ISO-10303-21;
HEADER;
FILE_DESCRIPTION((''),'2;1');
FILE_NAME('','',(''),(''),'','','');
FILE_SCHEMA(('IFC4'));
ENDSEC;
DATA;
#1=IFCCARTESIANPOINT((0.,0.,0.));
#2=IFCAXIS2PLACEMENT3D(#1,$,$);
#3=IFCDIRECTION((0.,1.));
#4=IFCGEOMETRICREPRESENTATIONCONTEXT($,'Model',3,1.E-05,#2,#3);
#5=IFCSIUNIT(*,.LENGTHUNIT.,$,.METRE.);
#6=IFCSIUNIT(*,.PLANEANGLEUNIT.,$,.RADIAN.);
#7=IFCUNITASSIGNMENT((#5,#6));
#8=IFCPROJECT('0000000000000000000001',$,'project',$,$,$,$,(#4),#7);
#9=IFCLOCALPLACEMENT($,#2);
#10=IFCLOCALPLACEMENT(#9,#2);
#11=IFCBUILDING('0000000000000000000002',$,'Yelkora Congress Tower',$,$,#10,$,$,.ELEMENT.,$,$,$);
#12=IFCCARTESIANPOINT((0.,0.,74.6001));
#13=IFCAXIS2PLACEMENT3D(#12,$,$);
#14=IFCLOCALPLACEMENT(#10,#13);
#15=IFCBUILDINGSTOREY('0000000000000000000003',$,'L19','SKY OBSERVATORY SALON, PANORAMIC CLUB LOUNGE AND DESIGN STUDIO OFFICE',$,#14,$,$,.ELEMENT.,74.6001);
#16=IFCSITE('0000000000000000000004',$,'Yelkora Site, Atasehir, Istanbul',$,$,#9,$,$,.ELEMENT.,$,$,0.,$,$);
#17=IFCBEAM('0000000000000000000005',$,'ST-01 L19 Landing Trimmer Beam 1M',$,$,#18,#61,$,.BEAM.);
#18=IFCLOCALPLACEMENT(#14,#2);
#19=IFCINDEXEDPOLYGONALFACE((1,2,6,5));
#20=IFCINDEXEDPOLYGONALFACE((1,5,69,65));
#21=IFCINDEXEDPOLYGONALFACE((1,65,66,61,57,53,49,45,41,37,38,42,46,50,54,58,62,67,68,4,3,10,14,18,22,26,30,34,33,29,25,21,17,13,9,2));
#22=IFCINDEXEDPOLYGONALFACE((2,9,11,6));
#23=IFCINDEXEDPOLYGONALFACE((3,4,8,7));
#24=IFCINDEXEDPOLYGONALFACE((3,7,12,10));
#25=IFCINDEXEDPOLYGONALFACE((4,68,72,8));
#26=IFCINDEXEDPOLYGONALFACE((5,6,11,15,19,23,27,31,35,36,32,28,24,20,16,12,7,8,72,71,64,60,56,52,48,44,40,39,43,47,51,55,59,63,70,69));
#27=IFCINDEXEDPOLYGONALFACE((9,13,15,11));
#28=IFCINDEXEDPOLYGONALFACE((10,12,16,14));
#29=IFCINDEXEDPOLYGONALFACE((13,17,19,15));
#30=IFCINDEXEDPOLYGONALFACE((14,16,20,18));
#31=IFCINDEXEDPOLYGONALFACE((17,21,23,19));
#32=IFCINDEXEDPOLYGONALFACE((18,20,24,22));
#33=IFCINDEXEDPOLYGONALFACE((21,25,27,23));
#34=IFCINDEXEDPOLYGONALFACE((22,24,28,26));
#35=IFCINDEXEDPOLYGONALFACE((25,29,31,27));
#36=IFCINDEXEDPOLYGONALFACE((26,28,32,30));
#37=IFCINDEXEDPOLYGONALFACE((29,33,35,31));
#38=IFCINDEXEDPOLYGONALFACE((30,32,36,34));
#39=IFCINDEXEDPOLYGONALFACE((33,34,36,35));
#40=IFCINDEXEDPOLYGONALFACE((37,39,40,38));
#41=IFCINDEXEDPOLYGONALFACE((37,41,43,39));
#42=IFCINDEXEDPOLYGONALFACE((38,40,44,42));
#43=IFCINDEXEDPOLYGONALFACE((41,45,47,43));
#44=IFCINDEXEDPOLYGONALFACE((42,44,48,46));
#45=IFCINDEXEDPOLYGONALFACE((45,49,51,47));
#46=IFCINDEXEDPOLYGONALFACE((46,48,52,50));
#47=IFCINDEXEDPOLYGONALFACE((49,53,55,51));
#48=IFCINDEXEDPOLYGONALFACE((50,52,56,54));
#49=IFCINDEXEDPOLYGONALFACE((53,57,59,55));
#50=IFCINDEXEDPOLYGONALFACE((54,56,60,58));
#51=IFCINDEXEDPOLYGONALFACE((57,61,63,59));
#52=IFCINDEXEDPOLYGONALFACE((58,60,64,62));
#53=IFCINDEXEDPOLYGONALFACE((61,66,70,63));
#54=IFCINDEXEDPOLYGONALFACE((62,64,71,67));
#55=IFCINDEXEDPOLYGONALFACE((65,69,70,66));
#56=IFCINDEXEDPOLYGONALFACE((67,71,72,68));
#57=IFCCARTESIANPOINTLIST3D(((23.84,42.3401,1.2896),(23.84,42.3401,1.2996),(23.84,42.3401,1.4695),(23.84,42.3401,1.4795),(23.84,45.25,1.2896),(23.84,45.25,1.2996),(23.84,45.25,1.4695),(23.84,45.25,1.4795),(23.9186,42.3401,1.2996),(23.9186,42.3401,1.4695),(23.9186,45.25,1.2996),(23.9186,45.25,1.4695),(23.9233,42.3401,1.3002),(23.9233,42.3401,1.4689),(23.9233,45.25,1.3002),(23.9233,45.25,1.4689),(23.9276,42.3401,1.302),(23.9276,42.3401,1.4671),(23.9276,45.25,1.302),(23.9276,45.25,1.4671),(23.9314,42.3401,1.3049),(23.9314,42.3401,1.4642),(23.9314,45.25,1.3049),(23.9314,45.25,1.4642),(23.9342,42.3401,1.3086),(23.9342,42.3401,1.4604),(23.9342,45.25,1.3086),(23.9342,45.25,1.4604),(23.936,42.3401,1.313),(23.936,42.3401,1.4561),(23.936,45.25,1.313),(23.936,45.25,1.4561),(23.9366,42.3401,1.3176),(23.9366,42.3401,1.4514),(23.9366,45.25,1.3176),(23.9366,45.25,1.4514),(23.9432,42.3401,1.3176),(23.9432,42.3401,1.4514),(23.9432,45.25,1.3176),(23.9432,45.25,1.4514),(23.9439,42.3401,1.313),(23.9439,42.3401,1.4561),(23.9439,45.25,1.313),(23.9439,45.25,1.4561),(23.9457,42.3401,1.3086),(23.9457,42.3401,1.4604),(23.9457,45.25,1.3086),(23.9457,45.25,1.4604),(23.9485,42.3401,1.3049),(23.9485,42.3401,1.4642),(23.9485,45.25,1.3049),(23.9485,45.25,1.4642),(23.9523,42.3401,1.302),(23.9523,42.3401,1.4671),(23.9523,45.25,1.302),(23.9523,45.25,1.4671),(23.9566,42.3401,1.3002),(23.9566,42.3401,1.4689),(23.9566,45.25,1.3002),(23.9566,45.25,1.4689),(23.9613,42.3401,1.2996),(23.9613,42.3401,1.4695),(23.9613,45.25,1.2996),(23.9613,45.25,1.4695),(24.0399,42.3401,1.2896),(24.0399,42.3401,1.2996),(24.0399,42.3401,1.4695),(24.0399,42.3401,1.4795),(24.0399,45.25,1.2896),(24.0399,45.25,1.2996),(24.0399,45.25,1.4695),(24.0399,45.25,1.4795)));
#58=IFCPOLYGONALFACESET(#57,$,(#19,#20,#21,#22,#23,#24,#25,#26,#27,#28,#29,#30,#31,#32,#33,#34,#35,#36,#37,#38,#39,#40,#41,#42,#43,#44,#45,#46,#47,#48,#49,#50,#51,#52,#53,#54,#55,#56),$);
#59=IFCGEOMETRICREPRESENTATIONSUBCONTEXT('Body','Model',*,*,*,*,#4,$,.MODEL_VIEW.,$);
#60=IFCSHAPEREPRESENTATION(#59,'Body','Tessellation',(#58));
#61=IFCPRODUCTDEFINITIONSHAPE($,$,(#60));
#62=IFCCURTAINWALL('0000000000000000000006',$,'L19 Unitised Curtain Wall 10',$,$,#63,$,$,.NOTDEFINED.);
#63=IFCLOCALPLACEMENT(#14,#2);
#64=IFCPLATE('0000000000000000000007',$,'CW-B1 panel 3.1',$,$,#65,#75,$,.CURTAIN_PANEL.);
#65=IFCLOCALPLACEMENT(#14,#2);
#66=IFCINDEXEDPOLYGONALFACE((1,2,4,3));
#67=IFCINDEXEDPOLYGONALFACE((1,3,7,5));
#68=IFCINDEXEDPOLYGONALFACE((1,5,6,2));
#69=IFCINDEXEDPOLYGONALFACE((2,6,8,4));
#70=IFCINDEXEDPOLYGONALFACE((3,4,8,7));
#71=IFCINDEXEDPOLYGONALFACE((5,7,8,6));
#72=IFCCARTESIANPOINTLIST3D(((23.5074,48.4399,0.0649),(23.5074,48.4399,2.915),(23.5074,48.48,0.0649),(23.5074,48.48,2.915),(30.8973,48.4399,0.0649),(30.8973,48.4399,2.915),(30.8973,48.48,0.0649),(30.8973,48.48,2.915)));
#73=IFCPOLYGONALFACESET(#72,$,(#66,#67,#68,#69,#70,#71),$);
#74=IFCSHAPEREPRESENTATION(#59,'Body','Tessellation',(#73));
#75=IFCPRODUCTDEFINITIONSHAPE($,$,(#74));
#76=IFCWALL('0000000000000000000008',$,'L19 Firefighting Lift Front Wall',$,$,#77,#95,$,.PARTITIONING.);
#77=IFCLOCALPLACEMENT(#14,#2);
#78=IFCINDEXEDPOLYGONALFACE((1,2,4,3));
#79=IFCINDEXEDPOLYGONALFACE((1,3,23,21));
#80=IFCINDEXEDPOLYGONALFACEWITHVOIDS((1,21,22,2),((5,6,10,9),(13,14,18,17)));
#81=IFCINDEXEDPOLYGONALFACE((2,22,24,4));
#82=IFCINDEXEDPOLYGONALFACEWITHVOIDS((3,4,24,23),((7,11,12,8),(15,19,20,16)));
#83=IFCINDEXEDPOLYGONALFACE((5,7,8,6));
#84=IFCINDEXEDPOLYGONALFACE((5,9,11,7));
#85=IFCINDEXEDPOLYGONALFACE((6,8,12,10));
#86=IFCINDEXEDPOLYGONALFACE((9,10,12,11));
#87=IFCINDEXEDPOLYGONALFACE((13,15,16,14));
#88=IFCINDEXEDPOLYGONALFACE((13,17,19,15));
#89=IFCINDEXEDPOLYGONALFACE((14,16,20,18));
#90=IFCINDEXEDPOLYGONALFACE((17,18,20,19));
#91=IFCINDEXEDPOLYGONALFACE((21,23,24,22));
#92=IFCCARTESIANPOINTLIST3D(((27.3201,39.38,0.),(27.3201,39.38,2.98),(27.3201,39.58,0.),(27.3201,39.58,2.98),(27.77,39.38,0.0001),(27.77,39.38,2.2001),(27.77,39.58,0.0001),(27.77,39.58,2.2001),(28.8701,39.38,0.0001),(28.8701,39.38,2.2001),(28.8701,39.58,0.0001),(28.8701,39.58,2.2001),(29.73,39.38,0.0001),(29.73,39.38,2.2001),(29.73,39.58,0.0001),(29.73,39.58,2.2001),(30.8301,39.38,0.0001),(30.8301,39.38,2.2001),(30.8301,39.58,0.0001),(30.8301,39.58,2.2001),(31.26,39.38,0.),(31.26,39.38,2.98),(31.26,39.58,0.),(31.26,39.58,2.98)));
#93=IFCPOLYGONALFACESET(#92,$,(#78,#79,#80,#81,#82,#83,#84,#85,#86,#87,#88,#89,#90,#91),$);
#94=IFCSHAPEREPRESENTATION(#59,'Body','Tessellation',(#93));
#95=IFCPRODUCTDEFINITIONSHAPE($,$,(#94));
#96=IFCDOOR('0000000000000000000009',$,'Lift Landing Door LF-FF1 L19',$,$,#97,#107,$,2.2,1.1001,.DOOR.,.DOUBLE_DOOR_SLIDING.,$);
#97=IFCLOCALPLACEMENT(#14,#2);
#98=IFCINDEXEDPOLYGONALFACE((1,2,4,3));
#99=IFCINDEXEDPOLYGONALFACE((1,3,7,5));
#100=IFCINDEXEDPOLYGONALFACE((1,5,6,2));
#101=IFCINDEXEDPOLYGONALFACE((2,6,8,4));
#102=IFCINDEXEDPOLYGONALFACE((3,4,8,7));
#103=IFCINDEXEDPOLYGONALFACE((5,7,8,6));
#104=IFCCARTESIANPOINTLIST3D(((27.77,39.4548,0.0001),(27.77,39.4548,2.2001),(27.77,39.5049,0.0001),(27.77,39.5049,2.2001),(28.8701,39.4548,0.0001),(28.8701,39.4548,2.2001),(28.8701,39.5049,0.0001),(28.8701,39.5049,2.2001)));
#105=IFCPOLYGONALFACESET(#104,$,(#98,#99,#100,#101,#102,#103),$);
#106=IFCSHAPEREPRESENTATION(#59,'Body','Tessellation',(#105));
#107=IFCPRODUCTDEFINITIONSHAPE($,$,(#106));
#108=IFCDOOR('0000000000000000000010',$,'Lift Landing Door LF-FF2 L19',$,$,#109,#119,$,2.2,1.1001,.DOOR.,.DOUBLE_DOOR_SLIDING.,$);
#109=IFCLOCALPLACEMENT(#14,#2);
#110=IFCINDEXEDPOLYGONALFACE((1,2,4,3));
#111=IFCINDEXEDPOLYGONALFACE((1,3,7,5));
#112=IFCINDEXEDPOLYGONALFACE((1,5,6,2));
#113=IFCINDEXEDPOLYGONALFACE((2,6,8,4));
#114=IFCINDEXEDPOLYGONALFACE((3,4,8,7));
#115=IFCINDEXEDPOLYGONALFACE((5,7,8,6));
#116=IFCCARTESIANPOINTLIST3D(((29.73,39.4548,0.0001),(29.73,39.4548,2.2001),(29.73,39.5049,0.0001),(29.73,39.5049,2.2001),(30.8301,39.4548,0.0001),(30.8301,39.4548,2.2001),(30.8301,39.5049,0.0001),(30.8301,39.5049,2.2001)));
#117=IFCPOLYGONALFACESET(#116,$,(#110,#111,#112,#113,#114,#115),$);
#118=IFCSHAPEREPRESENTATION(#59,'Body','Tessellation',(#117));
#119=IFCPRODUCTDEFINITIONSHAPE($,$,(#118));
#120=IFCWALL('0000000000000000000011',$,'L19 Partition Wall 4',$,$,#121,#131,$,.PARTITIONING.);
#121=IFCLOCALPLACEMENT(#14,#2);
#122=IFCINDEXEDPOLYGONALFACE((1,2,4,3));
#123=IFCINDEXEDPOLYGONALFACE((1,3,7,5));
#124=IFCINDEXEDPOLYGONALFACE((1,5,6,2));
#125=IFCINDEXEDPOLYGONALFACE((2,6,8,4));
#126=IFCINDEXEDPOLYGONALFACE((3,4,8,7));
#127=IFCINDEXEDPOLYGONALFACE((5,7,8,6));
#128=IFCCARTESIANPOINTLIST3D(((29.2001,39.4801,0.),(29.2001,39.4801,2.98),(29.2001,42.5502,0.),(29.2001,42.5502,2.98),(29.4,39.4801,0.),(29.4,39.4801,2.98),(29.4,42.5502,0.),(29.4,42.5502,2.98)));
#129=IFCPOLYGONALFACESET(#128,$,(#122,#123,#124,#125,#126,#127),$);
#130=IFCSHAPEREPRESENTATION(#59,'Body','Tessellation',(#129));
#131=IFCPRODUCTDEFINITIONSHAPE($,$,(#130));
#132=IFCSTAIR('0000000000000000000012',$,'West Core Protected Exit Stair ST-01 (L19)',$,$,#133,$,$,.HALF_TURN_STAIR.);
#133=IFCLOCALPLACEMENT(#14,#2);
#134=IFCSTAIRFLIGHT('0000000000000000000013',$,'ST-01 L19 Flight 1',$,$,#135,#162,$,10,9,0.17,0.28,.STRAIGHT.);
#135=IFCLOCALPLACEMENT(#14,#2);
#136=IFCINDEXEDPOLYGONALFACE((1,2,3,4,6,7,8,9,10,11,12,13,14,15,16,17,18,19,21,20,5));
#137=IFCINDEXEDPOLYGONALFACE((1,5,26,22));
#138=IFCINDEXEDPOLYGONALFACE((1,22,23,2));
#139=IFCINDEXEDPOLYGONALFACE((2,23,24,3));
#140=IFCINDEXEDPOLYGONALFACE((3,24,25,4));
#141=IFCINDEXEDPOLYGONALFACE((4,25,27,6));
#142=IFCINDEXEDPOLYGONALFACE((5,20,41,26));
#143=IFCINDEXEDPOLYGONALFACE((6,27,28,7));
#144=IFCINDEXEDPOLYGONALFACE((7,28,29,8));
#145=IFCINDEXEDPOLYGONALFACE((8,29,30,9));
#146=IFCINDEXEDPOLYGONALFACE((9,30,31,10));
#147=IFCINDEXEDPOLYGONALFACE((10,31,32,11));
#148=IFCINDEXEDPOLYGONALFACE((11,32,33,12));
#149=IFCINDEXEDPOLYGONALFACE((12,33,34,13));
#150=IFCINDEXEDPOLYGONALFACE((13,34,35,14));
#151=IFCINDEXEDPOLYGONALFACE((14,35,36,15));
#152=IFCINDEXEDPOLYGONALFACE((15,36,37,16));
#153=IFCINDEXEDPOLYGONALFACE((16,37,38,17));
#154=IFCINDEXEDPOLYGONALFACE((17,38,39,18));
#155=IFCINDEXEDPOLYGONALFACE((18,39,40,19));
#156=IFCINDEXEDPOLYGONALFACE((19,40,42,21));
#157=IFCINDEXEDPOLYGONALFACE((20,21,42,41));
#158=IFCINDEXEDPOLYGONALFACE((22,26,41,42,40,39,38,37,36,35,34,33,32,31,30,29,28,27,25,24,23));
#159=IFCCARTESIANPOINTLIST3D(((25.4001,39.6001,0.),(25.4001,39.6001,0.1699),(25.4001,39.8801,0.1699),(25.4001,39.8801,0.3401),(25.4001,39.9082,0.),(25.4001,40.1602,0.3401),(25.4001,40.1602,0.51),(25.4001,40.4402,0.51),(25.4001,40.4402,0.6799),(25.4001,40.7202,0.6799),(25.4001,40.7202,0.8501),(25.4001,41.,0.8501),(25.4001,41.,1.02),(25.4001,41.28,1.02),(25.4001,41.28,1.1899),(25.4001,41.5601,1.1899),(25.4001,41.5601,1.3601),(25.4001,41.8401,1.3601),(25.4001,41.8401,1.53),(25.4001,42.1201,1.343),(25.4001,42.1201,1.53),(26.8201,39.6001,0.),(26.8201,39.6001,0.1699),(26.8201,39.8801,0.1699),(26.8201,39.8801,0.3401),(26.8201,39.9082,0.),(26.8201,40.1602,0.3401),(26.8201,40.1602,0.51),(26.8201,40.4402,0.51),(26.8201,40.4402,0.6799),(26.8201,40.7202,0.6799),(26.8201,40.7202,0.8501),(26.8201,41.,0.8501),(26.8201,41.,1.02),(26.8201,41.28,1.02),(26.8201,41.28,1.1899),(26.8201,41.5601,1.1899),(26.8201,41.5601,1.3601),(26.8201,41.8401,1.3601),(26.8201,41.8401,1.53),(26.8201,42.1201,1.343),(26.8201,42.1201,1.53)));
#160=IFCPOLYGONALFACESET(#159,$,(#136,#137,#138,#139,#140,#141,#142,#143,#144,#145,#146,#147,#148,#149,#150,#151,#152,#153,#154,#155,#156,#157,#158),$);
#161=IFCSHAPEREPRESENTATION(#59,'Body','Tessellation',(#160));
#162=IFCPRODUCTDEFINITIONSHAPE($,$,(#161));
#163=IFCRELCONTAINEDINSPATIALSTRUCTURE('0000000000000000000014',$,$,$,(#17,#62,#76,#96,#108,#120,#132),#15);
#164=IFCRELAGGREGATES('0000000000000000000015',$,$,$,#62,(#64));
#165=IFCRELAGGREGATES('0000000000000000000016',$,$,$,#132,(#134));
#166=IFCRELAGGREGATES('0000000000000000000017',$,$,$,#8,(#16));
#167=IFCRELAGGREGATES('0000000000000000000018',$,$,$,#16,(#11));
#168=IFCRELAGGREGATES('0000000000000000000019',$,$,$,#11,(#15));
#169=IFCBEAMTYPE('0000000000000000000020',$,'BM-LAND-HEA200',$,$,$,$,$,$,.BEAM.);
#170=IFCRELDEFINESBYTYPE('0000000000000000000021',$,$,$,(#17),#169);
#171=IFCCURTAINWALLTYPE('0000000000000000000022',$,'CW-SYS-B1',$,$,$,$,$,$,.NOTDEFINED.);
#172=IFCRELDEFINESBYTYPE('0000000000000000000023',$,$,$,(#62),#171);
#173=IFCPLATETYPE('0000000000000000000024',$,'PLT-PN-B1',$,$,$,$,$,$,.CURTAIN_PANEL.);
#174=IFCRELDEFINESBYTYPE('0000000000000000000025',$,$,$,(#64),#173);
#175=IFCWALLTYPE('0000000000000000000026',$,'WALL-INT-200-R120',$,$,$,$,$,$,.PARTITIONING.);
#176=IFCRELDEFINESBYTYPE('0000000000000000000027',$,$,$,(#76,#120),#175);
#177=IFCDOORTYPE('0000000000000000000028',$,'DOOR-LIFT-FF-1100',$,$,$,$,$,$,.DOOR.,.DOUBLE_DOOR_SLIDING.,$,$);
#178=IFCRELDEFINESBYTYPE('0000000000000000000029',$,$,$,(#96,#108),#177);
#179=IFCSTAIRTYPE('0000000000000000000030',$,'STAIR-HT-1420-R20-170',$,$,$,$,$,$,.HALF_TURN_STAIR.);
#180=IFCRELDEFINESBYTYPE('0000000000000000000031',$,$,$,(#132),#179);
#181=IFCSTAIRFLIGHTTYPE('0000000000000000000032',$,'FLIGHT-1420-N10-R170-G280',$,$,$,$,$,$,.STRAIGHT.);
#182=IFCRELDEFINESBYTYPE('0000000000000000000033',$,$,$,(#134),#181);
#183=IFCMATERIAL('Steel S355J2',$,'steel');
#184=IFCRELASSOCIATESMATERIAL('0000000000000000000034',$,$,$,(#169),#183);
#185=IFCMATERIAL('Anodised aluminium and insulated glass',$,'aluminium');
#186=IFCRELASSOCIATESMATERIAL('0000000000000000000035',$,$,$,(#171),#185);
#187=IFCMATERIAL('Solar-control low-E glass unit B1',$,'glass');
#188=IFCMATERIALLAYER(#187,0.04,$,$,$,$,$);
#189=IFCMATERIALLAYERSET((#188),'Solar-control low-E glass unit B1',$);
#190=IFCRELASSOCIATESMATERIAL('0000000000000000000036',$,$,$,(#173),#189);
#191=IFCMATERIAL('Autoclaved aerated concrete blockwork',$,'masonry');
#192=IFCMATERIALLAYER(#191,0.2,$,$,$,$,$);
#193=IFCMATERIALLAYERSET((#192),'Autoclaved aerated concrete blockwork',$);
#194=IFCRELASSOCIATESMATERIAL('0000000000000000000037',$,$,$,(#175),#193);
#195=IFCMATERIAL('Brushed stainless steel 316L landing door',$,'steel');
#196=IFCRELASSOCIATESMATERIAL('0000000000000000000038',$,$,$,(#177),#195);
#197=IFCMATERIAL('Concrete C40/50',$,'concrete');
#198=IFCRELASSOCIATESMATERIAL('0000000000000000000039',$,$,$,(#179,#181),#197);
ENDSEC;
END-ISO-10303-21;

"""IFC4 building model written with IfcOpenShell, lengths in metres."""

from ifc_helpers import new_model, si_unit, direction, frame, frame_2d, origin, origin_2d, place, context, subcontext, project, spatial, polyline, rectangle, i_section, outline, extrude, material, layer, layer_set, material_profile, profile_set, type_object, element, fill, aggregate, save


model = new_model("IFC4")

# Units and contexts
model_context = context("Model", 3, precision=1e-05, world=origin(), true_north=direction((0.0, 1.0)))
body_context = subcontext(model_context, "Body", "Model", "MODEL_VIEW")
ifc_project = project(units=[si_unit("LENGTHUNIT", "METRE"), si_unit("PLANEANGLEUNIT", "RADIAN")], contexts=[model_context])

# Site, building, storey
site_placement = place(None, origin())
site = spatial("IfcSite", under=ifc_project, at=site_placement, Name="Yelkora Site, Atasehir, Istanbul", CompositionType="ELEMENT", RefElevation=0.0)
building_placement = place(site_placement, origin())
building = spatial("IfcBuilding", under=site, at=building_placement, Name="Yelkora Congress Tower", CompositionType="ELEMENT")
storey_placement = place(building_placement, frame((0.0, 0.0, 74.6001)))
storey = spatial("IfcBuildingStorey", under=building, at=storey_placement, Name="L19", Description="SKY OBSERVATORY SALON, PANORAMIC CLUB LOUNGE AND DESIGN STUDIO OFFICE", CompositionType="ELEMENT", Elevation=74.6001)

# Beam
ifc_material_1 = material(Name="Steel S355J2", Category="steel")
ifc_material_profile = material_profile(ifc_material_1, i_section(OverallWidth=0.2, OverallDepth=0.1899, WebThickness=0.0066, FlangeThickness=0.01, FilletRadius=0.0181, at=origin_2d()), Name="HEA 200")
ifc_profile_set = profile_set([ifc_material_profile], Name="Steel S355J2")
beam_type = type_object("IfcBeamType", Name="BM-LAND-HEA200", PredefinedType="BEAM", material=ifc_profile_set)
beam_placement = place(storey_placement, frame((23.9399, 42.3401, 1.3845), z_axis=(0.0, 1.0, 0.0), x_axis=(-1.0, 0.0, 0.0)))
element("IfcBeam", 1, at=beam_placement, inside=storey, type_object=beam_type, Name="ST-01 L19 Landing Trimmer Beam 1M", PredefinedType="BEAM", context=body_context, shape_type="SweptSolid", body=[
    extrude(i_section(OverallWidth=0.2, OverallDepth=0.1899, WebThickness=0.0066, FlangeThickness=0.01, FilletRadius=0.0181, at=origin_2d()), origin(), (0.0, 0.0, 1.0), 2.9099),
])

# Curtain wall, plate
ifc_material_2 = material(Name="Anodised aluminium and insulated glass", Category="aluminium")
curtain_wall_type = type_object("IfcCurtainWallType", Name="CW-SYS-B1", PredefinedType="NOTDEFINED", material=ifc_material_2)
curtain_wall_placement = place(storey_placement, origin())
curtain_wall = element("IfcCurtainWall", 2, at=curtain_wall_placement, inside=storey, type_object=curtain_wall_type, Name="L19 Unitised Curtain Wall 10", PredefinedType="NOTDEFINED")
ifc_material_3 = material(Name="Solar-control low-E glass unit B1", Category="glass")
ifc_layer_1 = layer(ifc_material_3, 0.04)
ifc_layer_set_1 = layer_set([ifc_layer_1], Name="Solar-control low-E glass unit B1")
plate_type = type_object("IfcPlateType", Name="PLT-PN-B1", PredefinedType="CURTAIN_PANEL", material=ifc_layer_set_1)
plate_placement = place(storey_placement, frame((27.2024, 48.46, 0.0649), z_axis=(0.0, 0.0, 1.0), x_axis=(1.0, 0.0, 0.0)))
plate = element("IfcPlate", 3, at=plate_placement, type_object=plate_type, Name="CW-B1 panel 3.1", PredefinedType="CURTAIN_PANEL", context=body_context, shape_type="SweptSolid", body=[
    extrude(rectangle(XDim=7.3899, YDim=0.04, at=origin_2d()), origin(), (0.0, 0.0, 1.0), 2.8501),
])
aggregate(curtain_wall, [plate])

# Shared definitions
ifc_material_4 = material(Name="Autoclaved aerated concrete blockwork", Category="masonry")
ifc_layer_2 = layer(ifc_material_4, 0.2)
ifc_layer_set_2 = layer_set([ifc_layer_2], Name="Autoclaved aerated concrete blockwork")
wall_type_1 = type_object("IfcWallType", Name="WALL-INT-200-R120", PredefinedType="PARTITIONING", material=ifc_layer_set_2)

# Wall, openings, doors
wall_1_placement = place(storey_placement, frame((27.3201, 39.48, 0.0), z_axis=(0.0, 0.0, 1.0), x_axis=(1.0, 0.0, 0.0)))
wall_1 = element("IfcWall", 4, at=wall_1_placement, inside=storey, type_object=wall_type_1, Name="L19 Firefighting Lift Front Wall", PredefinedType="PARTITIONING", context=body_context, shape_type="SweptSolid", body=[
    extrude(rectangle(XDim=3.9399, YDim=0.2, at=frame_2d((1.97, 0.0))), origin(), (0.0, 0.0, 1.0), 2.98),
])
opening_1_placement = place(wall_1_placement, frame((0.45, 0.0, 0.0)))
opening_1 = element("IfcOpeningElement", 5, at=opening_1_placement, cuts=wall_1, PredefinedType="OPENING", context=body_context, shape_type="SweptSolid", body=[
    extrude(rectangle(XDim=1.1001, YDim=2.2, at=frame_2d((0.55, 1.1001))), frame((0.0, 0.1099, 0.0), z_axis=(0.0, -1.0, 0.0), x_axis=(1.0, 0.0, 0.0)), (0.0, 0.0, 1.0), 0.22),
])
opening_2_placement = place(wall_1_placement, frame((2.4099, 0.0, 0.0)))
opening_2 = element("IfcOpeningElement", 6, at=opening_2_placement, cuts=wall_1, PredefinedType="OPENING", context=body_context, shape_type="SweptSolid", body=[
    extrude(rectangle(XDim=1.1001, YDim=2.2, at=frame_2d((0.55, 1.1001))), frame((0.0, 0.1099, 0.0), z_axis=(0.0, -1.0, 0.0), x_axis=(1.0, 0.0, 0.0)), (0.0, 0.0, 1.0), 0.22),
])
ifc_material_5 = material(Name="Brushed stainless steel 316L landing door", Category="steel")
door_type_1 = type_object("IfcDoorType", Name="DOOR-LIFT-FF-1100", OperationType="DOUBLE_DOOR_SLIDING", PredefinedType="DOOR", material=ifc_material_5)
door_1_placement = place(opening_1_placement, origin())
door_1 = element("IfcDoor", 7, at=door_1_placement, inside=storey, type_object=door_type_1, Name="Lift Landing Door LF-FF1 L19", OperationType="DOUBLE_DOOR_SLIDING", OverallHeight=2.2, OverallWidth=1.1001, PredefinedType="DOOR", context=body_context, shape_type="SweptSolid", body=[
    extrude(rectangle(XDim=1.1001, YDim=2.2, at=frame_2d((0.55, 1.1001))), frame((0.0, 0.0249, 0.0), z_axis=(0.0, -1.0, 0.0), x_axis=(1.0, 0.0, 0.0)), (0.0, 0.0, 1.0), 0.05),
])
fill(opening_1, door_1)
door_2_placement = place(opening_2_placement, origin())
door_2 = element("IfcDoor", 8, at=door_2_placement, inside=storey, type_object=door_type_1, Name="Lift Landing Door LF-FF2 L19", OperationType="DOUBLE_DOOR_SLIDING", OverallHeight=2.2, OverallWidth=1.1001, PredefinedType="DOOR", context=body_context, shape_type="SweptSolid", body=[
    extrude(rectangle(XDim=1.1001, YDim=2.2, at=frame_2d((0.55, 1.1001))), frame((0.0, 0.0249, 0.0), z_axis=(0.0, -1.0, 0.0), x_axis=(1.0, 0.0, 0.0)), (0.0, 0.0, 1.0), 0.05),
])
fill(opening_2, door_2)

# Wall
wall_2_placement = place(storey_placement, frame((29.3, 39.48, 0.0), z_axis=(0.0, 0.0, 1.0), x_axis=(0.0, 1.0, 0.0)))
element("IfcWall", 9, at=wall_2_placement, inside=storey, type_object=wall_type_1, Name="L19 Partition Wall 4", PredefinedType="PARTITIONING", context=body_context, shape_type="SweptSolid", body=[
    extrude(rectangle(XDim=3.0701, YDim=0.2, at=frame_2d((1.5352, 0.0))), origin(), (0.0, 0.0, 1.0), 2.98),
])

# Stair, stair flight
ifc_material_6 = material(Name="Concrete C40/50", Category="concrete")
stair_type = type_object("IfcStairType", Name="STAIR-HT-1420-R20-170", PredefinedType="HALF_TURN_STAIR", material=ifc_material_6)
stair_placement = place(storey_placement, origin())
stair = element("IfcStair", 10, at=stair_placement, inside=storey, type_object=stair_type, Name="West Core Protected Exit Stair ST-01 (L19)", PredefinedType="HALF_TURN_STAIR")
stair_flight_type = type_object("IfcStairFlightType", Name="FLIGHT-1420-N10-R170-G280", PredefinedType="STRAIGHT", material=ifc_material_6)
stair_flight_1_placement = place(storey_placement, frame((26.1101, 39.6001, 0.0), z_axis=(0.0, 0.0, 1.0), x_axis=(0.0, 1.0, 0.0)))
stair_flight_1 = element("IfcStairFlight", 11, at=stair_flight_1_placement, type_object=stair_flight_type, Name="ST-01 L19 Flight 1", NumberOfRisers=10, NumberOfTreads=9, PredefinedType="STRAIGHT", RiserHeight=0.17, TreadLength=0.28, context=body_context, shape_type="SweptSolid", body=[
    extrude(outline(polyline([(0.0, 0.0), (0.0, 0.1699), (0.28, 0.1699), (0.28, 0.3401), (0.5601, 0.3401), (0.5601, 0.51), (0.8401, 0.51), (0.8401, 0.6799), (1.1201, 0.6799), (1.1201, 0.8501), (1.3999, 0.8501), (1.3999, 1.02), (1.6799, 1.02), (1.6799, 1.1899), (1.96, 1.1899), (1.96, 1.3601), (2.24, 1.3601), (2.24, 1.53), (2.52, 1.53), (2.52, 1.7), (2.52, 1.343), (0.3081, 0.0), (0.0, 0.0)])), frame((0.0, 0.71, 0.0), z_axis=(0.0, -1.0, 0.0), x_axis=(1.0, 0.0, 0.0)), (0.0, 0.0, 1.0), 1.4199),
])
aggregate(stair, [stair_flight_1])

save(model, "model.ifc")
